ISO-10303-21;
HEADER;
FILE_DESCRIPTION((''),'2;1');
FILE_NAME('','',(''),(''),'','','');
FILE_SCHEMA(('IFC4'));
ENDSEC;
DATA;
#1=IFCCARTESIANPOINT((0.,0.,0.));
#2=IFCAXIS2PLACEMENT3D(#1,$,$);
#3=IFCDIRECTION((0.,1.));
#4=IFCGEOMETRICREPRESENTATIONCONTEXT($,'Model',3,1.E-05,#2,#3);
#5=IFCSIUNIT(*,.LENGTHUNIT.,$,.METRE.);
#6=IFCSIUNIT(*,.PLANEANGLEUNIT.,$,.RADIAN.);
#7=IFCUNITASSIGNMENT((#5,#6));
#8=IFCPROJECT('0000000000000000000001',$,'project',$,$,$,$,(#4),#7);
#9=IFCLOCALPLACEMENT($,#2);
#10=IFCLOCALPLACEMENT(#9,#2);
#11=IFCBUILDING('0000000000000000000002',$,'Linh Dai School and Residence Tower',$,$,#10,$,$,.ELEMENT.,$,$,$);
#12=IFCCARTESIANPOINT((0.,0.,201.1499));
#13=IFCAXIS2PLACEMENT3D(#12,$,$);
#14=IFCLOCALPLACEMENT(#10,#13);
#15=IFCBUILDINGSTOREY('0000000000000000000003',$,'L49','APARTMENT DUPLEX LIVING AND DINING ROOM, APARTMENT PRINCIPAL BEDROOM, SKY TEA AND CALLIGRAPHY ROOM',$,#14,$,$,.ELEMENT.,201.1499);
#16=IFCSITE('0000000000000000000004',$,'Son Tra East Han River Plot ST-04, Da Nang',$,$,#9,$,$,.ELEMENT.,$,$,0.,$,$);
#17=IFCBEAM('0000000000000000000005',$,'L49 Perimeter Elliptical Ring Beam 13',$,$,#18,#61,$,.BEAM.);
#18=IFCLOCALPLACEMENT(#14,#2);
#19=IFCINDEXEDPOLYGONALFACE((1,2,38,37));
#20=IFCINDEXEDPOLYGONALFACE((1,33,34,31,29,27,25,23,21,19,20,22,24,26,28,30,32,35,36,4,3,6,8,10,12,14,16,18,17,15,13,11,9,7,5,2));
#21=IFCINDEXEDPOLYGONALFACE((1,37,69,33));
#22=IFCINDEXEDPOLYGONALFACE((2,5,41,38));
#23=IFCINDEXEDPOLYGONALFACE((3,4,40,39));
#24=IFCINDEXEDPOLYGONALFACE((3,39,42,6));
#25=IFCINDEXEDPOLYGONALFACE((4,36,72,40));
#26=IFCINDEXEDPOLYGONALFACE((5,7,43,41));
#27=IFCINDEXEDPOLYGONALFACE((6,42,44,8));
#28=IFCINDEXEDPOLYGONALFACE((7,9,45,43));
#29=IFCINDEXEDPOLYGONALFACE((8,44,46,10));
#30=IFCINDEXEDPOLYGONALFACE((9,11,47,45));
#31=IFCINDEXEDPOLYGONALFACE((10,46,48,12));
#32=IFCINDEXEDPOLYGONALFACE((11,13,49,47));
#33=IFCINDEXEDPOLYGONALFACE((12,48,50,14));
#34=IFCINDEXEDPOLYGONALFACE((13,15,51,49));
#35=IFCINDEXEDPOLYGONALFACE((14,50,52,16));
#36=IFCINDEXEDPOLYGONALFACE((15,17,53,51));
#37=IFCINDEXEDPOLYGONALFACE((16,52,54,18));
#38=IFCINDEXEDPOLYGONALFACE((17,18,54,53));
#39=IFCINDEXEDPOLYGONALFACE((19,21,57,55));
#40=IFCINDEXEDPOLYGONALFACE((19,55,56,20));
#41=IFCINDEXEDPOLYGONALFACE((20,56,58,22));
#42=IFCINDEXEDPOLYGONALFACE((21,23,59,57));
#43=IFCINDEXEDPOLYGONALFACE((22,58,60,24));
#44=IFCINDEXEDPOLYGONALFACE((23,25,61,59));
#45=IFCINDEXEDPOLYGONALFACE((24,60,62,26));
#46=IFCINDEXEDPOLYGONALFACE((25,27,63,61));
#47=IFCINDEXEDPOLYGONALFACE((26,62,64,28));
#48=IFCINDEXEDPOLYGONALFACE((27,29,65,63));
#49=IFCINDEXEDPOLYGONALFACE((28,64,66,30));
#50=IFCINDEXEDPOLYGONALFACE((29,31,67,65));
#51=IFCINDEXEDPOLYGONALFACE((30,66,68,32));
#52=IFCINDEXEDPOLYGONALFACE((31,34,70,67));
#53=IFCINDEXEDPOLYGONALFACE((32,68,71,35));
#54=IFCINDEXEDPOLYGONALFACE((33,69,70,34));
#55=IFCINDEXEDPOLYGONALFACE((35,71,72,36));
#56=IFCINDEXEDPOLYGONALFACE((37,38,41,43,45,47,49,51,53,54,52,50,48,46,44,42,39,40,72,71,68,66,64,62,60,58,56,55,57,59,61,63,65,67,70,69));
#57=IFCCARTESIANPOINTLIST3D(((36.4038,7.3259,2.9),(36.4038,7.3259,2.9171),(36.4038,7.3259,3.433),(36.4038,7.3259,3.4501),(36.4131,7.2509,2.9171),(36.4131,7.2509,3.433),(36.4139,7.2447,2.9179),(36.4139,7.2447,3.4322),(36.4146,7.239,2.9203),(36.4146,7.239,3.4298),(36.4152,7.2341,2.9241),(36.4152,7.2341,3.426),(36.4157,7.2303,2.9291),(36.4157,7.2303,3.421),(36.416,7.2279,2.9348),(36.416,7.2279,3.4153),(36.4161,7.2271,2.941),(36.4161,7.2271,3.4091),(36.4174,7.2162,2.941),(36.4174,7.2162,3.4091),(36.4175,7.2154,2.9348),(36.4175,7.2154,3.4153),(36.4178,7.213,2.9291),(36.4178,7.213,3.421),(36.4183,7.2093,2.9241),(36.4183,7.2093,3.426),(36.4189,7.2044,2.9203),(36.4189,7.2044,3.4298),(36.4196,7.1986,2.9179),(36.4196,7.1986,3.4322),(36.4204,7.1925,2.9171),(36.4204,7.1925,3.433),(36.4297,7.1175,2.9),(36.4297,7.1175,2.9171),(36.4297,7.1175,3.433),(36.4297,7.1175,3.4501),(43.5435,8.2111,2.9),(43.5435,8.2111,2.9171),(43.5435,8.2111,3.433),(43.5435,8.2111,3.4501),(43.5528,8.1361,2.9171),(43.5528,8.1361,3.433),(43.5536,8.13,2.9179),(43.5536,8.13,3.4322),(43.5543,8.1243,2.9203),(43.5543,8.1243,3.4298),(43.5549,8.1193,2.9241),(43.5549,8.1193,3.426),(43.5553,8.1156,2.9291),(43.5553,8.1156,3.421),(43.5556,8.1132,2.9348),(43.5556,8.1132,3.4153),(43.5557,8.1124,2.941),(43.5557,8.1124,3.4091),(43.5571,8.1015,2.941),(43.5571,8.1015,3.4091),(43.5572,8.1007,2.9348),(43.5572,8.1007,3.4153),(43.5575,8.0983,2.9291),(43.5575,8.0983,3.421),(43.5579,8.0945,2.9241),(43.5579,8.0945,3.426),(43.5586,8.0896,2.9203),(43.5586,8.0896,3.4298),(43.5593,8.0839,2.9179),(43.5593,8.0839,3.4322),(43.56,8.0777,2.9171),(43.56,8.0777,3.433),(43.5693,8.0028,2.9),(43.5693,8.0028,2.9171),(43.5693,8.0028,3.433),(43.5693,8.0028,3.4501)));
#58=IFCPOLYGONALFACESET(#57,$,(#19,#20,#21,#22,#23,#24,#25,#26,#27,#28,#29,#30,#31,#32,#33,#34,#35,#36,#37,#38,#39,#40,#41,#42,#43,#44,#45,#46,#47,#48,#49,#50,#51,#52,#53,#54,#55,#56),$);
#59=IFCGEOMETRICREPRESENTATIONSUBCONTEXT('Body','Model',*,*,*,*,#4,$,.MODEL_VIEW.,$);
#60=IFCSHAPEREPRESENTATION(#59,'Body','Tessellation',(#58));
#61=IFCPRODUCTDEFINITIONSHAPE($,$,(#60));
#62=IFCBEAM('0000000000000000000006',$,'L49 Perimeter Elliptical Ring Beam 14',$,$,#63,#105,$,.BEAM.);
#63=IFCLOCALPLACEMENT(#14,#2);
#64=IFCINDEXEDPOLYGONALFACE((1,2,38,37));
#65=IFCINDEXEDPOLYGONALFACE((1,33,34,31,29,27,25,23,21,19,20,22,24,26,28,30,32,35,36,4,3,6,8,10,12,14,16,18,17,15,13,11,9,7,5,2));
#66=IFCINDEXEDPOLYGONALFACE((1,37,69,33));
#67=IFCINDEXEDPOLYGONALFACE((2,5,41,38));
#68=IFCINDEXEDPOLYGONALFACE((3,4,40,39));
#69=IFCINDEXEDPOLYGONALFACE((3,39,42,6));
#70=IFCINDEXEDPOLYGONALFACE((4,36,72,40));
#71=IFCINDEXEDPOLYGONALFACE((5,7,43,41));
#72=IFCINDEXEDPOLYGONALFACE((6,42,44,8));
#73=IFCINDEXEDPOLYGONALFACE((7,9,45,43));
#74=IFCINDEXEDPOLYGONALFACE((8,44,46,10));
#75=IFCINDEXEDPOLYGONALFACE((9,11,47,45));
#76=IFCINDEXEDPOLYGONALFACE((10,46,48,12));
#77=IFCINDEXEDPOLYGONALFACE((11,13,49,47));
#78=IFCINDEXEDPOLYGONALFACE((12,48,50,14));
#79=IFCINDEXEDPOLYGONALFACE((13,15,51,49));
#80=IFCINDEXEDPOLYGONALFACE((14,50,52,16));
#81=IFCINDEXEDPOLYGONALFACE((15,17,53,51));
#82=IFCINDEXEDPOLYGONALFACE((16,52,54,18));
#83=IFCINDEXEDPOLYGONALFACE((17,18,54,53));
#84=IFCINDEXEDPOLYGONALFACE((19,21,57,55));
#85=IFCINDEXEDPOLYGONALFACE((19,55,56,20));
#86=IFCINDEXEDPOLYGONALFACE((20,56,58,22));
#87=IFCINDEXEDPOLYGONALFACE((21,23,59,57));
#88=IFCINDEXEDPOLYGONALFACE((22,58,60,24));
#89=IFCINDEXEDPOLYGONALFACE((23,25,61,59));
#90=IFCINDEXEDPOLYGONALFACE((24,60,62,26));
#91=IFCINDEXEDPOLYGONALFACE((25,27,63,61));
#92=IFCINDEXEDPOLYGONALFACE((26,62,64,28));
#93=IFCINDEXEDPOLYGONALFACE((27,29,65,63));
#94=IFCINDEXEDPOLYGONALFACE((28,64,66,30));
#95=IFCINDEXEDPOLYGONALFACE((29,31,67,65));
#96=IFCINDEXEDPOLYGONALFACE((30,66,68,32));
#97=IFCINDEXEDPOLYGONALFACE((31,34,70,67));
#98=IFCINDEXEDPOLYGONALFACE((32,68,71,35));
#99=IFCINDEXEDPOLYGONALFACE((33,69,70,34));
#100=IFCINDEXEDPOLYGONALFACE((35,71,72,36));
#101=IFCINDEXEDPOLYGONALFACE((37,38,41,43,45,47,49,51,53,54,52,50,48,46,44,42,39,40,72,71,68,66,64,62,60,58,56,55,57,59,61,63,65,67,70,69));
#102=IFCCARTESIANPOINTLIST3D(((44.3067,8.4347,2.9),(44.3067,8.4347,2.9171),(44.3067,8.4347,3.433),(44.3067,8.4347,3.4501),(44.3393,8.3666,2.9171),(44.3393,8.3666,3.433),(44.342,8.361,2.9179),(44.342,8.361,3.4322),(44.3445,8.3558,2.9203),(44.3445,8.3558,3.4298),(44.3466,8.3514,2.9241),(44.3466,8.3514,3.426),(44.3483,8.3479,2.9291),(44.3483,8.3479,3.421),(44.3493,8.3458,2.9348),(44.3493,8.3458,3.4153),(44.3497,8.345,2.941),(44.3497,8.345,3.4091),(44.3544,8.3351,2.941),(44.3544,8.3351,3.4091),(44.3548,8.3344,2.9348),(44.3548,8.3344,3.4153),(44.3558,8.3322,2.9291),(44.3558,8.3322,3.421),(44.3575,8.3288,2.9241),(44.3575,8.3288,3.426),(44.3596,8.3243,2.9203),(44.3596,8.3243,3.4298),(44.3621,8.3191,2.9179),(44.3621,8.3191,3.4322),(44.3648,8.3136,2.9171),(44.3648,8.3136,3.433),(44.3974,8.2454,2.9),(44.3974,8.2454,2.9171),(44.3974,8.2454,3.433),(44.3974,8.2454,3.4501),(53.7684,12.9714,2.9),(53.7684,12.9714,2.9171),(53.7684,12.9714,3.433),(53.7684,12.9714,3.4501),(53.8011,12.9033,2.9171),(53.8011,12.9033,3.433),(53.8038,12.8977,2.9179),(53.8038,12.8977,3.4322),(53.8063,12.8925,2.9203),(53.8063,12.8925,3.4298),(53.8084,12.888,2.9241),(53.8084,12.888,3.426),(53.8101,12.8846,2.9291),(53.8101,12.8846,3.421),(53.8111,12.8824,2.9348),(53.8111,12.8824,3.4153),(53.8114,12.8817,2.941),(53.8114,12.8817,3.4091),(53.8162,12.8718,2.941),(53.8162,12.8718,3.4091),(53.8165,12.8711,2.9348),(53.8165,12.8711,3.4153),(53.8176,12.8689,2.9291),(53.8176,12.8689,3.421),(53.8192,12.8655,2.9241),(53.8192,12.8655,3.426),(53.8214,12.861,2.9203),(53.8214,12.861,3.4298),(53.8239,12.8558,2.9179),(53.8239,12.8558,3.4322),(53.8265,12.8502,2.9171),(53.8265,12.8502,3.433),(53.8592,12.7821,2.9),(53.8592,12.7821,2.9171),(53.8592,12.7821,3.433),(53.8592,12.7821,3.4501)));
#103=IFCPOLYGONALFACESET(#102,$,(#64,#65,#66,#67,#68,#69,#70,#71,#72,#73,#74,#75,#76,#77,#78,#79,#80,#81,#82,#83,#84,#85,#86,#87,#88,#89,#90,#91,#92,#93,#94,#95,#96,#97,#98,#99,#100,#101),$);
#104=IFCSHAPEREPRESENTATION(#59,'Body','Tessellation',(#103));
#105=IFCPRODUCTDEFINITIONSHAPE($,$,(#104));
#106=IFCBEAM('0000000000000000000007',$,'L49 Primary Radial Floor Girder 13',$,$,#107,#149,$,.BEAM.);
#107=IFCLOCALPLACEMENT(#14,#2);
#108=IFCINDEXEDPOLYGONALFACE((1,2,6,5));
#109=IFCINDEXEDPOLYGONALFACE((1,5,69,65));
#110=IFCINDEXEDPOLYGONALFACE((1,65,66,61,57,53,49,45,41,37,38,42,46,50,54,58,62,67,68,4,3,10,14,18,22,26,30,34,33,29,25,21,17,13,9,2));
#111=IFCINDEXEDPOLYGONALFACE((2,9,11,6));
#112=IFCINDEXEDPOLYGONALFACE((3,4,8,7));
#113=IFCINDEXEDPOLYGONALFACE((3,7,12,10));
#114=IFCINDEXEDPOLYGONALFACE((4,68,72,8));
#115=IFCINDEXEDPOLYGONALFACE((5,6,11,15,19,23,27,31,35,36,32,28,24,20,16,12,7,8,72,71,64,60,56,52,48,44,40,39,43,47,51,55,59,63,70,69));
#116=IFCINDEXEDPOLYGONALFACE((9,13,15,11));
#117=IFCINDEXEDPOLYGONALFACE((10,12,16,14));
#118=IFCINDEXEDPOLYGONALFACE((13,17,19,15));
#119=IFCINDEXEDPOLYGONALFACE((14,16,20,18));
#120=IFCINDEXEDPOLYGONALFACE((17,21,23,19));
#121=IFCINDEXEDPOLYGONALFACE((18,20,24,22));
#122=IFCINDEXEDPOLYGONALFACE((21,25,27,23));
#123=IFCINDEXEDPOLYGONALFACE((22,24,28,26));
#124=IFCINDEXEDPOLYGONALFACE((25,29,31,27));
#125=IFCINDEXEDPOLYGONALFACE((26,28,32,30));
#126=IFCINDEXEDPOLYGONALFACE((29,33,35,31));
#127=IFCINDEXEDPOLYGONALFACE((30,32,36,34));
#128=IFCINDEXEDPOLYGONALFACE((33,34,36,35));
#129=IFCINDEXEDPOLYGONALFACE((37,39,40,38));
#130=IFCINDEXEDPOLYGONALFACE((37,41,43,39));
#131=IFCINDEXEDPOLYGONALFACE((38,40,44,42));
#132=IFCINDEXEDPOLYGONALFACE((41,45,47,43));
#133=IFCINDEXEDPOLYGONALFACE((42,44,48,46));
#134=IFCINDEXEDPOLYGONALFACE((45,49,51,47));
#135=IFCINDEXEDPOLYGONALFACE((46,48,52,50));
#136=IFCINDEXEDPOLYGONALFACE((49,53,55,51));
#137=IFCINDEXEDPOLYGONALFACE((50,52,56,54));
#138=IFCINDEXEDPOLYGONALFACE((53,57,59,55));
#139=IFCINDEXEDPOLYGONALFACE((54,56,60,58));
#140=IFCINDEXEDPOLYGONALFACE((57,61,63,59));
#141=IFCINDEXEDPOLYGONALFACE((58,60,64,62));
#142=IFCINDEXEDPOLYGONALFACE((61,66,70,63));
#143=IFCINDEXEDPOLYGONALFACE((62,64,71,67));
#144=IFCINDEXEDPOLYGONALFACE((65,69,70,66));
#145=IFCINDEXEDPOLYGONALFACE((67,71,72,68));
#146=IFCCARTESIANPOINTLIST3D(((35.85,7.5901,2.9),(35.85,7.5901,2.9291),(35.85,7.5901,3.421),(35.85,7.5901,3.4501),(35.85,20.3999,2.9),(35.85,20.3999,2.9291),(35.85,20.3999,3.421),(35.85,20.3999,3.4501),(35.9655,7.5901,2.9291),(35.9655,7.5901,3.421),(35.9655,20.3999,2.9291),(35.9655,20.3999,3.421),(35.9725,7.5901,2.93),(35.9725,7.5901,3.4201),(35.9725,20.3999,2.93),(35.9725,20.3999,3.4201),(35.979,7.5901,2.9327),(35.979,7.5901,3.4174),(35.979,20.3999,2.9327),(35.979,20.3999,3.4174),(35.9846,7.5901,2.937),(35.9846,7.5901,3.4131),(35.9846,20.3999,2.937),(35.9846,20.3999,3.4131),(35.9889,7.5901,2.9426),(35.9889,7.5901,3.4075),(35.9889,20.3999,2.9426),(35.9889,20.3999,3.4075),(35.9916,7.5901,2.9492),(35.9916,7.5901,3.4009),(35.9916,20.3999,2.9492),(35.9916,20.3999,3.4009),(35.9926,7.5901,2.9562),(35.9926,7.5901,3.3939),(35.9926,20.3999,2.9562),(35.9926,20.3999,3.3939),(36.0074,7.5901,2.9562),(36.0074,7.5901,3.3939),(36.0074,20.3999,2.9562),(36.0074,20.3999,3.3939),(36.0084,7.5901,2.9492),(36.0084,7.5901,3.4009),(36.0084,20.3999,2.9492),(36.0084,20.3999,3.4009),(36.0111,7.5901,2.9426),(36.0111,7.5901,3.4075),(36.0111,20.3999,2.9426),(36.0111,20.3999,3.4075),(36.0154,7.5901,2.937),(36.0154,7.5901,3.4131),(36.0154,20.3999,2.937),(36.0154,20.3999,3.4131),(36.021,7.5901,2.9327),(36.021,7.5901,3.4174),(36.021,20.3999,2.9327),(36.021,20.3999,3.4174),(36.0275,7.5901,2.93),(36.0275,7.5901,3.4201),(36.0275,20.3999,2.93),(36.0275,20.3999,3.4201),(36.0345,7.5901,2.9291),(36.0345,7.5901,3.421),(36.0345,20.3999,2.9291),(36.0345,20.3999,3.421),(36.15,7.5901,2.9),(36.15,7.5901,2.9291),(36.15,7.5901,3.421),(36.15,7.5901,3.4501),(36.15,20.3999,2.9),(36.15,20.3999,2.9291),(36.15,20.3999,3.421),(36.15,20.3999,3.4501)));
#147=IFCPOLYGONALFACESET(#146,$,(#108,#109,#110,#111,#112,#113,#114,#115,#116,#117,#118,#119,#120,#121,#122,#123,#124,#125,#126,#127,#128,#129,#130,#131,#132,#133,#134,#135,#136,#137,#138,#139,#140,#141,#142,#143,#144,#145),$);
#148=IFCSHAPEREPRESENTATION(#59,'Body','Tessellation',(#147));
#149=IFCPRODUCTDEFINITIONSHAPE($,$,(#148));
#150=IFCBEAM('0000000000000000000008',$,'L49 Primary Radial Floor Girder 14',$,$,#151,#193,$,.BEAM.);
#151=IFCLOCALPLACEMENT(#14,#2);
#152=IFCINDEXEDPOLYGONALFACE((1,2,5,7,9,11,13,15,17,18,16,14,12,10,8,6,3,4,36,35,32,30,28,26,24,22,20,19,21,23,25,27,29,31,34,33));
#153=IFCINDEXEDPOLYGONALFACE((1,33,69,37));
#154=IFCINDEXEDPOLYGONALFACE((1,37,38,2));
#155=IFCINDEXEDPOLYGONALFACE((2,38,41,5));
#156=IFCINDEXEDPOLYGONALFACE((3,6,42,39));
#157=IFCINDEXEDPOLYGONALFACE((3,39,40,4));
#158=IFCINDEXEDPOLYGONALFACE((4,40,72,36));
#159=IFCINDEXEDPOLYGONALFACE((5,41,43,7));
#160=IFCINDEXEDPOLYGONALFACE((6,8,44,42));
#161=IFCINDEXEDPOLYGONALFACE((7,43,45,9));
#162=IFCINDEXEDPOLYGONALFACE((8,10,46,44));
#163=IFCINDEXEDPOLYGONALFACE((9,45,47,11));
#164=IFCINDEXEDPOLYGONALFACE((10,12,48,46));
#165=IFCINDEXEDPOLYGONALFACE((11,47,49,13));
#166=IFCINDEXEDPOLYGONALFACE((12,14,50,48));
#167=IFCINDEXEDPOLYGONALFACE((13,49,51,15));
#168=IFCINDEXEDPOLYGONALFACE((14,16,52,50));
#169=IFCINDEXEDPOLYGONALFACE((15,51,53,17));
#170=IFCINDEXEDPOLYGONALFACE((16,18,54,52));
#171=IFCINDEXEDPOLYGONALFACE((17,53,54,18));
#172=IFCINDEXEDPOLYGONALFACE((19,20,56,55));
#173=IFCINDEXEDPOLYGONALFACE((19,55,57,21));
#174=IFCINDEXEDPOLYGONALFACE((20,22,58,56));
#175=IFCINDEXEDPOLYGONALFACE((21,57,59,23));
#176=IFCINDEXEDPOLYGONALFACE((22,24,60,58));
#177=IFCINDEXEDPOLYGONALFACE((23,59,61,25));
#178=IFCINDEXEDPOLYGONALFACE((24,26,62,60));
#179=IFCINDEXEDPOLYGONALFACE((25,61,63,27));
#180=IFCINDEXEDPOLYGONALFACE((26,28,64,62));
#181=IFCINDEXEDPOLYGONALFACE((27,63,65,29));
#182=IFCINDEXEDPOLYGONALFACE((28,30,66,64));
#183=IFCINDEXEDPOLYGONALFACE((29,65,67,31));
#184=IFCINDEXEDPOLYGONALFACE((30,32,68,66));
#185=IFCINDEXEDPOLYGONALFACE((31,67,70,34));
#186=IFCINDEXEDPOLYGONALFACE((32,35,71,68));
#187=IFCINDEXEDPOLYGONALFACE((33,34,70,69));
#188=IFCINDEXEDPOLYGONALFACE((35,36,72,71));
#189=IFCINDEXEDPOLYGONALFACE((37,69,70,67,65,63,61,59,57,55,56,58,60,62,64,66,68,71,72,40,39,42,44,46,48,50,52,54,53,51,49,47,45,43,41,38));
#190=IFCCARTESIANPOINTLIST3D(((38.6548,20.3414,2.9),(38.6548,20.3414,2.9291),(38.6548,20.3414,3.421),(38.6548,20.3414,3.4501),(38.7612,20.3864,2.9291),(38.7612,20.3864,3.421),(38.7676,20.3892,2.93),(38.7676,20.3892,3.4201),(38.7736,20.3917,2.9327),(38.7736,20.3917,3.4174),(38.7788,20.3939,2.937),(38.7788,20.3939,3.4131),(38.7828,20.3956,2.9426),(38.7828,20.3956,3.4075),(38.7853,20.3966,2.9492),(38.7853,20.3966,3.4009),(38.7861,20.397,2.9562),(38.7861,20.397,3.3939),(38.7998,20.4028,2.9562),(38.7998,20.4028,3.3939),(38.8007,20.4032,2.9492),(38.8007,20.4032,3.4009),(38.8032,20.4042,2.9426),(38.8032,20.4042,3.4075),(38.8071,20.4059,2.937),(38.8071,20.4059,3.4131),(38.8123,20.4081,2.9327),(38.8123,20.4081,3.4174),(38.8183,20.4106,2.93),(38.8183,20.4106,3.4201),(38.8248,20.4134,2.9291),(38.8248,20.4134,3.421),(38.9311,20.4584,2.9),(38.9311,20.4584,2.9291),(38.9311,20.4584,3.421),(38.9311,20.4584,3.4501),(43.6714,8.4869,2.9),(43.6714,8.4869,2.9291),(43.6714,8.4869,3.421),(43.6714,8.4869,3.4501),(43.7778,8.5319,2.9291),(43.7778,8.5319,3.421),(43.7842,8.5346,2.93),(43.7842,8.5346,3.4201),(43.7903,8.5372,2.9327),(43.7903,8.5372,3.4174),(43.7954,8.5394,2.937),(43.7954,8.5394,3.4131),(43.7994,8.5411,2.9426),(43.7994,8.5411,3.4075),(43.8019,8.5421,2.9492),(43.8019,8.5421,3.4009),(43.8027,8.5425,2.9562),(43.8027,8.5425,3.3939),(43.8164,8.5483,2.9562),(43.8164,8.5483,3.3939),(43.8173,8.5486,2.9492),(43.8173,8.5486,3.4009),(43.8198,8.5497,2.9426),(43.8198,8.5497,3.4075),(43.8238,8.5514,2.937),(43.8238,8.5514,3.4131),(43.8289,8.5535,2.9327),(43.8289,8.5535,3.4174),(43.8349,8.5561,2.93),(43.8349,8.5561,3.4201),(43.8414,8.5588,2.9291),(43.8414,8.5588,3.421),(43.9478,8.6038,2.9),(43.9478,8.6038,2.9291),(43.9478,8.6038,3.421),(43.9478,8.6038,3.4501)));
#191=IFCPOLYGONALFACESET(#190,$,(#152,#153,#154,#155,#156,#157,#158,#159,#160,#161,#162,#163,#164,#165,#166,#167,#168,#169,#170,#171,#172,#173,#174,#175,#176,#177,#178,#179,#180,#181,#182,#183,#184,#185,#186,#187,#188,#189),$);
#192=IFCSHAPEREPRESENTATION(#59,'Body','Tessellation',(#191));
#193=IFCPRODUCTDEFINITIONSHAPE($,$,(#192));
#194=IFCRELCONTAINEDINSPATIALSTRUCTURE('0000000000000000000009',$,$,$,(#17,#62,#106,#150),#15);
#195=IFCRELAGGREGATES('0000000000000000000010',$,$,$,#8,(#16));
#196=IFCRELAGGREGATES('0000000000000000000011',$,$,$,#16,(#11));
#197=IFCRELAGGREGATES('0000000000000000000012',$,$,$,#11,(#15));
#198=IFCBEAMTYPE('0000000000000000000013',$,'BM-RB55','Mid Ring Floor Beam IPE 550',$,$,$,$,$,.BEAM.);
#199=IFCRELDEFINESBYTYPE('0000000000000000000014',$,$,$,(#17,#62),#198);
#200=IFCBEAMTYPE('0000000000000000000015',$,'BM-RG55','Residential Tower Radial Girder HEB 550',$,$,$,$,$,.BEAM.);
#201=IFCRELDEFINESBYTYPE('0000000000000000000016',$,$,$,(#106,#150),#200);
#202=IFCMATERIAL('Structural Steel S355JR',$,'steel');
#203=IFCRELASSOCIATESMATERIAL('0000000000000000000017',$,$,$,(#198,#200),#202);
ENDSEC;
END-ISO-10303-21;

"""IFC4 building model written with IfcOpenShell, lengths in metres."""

from ifc_helpers import new_model, si_unit, direction, frame, origin, origin_2d, place, context, subcontext, project, spatial, i_section, extrude, material, material_profile, profile_set, type_object, element, save


model = new_model("IFC4")

# Units and contexts
model_context = context("Model", 3, precision=1e-05, world=origin(), true_north=direction((0.0, 1.0)))
body_context = subcontext(model_context, "Body", "Model", "MODEL_VIEW")
ifc_project = project(units=[si_unit("LENGTHUNIT", "METRE"), si_unit("PLANEANGLEUNIT", "RADIAN")], contexts=[model_context])

# Site, building, storey
site_placement = place(None, origin())
site = spatial("IfcSite", under=ifc_project, at=site_placement, Name="Son Tra East Han River Plot ST-04, Da Nang", CompositionType="ELEMENT", RefElevation=0.0)
building_placement = place(site_placement, origin())
building = spatial("IfcBuilding", under=site, at=building_placement, Name="Linh Dai School and Residence Tower", CompositionType="ELEMENT")
storey_placement = place(building_placement, frame((0.0, 0.0, 201.1499)))
storey = spatial("IfcBuildingStorey", under=building, at=storey_placement, Name="L49", Description="APARTMENT DUPLEX LIVING AND DINING ROOM, APARTMENT PRINCIPAL BEDROOM, SKY TEA AND CALLIGRAPHY ROOM", CompositionType="ELEMENT", Elevation=201.1499)

# Shared definitions
ifc_material_1 = material(Name="Structural Steel S355JR", Category="steel")

# Beams
ifc_material_profile_1 = material_profile(ifc_material_1, i_section(OverallWidth=0.21, OverallDepth=0.55, WebThickness=0.011, FlangeThickness=0.0171, FilletRadius=0.0239, at=origin_2d()), Name="IPE 550")
ifc_profile_set_1 = profile_set([ifc_material_profile_1], Name="Structural Steel S355JR")
beam_type_1 = type_object("IfcBeamType", Name="BM-RB55", Description="Mid Ring Floor Beam IPE 550", PredefinedType="BEAM", material=ifc_profile_set_1)
beam_1_placement = place(storey_placement, frame((36.4167, 7.2217, 3.175), z_axis=(0.992401, 0.123049, 0.0), x_axis=(-0.123049, 0.992401, 0.0)))
element("IfcBeam", 1, at=beam_1_placement, inside=storey, type_object=beam_type_1, Name="L49 Perimeter Elliptical Ring Beam 13", PredefinedType="BEAM", context=body_context, shape_type="SweptSolid", body=[
    extrude(i_section(OverallWidth=0.21, OverallDepth=0.55, WebThickness=0.011, FlangeThickness=0.0171, FilletRadius=0.0239, at=origin_2d()), origin(), (0.0, 0.0, 1.0), 7.1943),
])
beam_2_placement = place(storey_placement, frame((44.3521, 8.3401, 3.175), z_axis=(0.901708, 0.432345, 0.0), x_axis=(-0.432345, 0.901708, 0.0)))
element("IfcBeam", 2, at=beam_2_placement, inside=storey, type_object=beam_type_1, Name="L49 Perimeter Elliptical Ring Beam 14", PredefinedType="BEAM", context=body_context, shape_type="SweptSolid", body=[
    extrude(i_section(OverallWidth=0.21, OverallDepth=0.55, WebThickness=0.011, FlangeThickness=0.0171, FilletRadius=0.0239, at=origin_2d()), origin(), (0.0, 0.0, 1.0), 10.4932),
])
ifc_material_profile_2 = material_profile(ifc_material_1, i_section(OverallWidth=0.3, OverallDepth=0.55, WebThickness=0.0149, FlangeThickness=0.0291, FilletRadius=0.0271, at=origin_2d()), Name="HEB 550")
ifc_profile_set_2 = profile_set([ifc_material_profile_2], Name="Structural Steel S355JR")
beam_type_2 = type_object("IfcBeamType", Name="BM-RG55", Description="Residential Tower Radial Girder HEB 550", PredefinedType="BEAM", material=ifc_profile_set_2)
beam_3_placement = place(storey_placement, frame((36.0, 20.3999, 3.175), z_axis=(0.0, -1.0, 0.0), x_axis=(1.0, 0.0, 0.0)))
element("IfcBeam", 3, at=beam_3_placement, inside=storey, type_object=beam_type_2, Name="L49 Primary Radial Floor Girder 13", PredefinedType="BEAM", context=body_context, shape_type="SweptSolid", body=[
    extrude(i_section(OverallWidth=0.3, OverallDepth=0.55, WebThickness=0.0149, FlangeThickness=0.0291, FilletRadius=0.0271, at=origin_2d()), origin(), (0.0, 0.0, 1.0), 12.8098),
])
beam_4_placement = place(storey_placement, frame((38.793, 20.3999, 3.175), z_axis=(0.389722, -0.920933, 0.0), x_axis=(0.920933, 0.389722, 0.0)))
element("IfcBeam", 4, at=beam_4_placement, inside=storey, type_object=beam_type_2, Name="L49 Primary Radial Floor Girder 14", PredefinedType="BEAM", context=body_context, shape_type="SweptSolid", body=[
    extrude(i_section(OverallWidth=0.3, OverallDepth=0.55, WebThickness=0.0149, FlangeThickness=0.0291, FilletRadius=0.0271, at=origin_2d()), origin(), (0.0, 0.0, 1.0), 12.8723),
])

save(model, "model.ifc")
